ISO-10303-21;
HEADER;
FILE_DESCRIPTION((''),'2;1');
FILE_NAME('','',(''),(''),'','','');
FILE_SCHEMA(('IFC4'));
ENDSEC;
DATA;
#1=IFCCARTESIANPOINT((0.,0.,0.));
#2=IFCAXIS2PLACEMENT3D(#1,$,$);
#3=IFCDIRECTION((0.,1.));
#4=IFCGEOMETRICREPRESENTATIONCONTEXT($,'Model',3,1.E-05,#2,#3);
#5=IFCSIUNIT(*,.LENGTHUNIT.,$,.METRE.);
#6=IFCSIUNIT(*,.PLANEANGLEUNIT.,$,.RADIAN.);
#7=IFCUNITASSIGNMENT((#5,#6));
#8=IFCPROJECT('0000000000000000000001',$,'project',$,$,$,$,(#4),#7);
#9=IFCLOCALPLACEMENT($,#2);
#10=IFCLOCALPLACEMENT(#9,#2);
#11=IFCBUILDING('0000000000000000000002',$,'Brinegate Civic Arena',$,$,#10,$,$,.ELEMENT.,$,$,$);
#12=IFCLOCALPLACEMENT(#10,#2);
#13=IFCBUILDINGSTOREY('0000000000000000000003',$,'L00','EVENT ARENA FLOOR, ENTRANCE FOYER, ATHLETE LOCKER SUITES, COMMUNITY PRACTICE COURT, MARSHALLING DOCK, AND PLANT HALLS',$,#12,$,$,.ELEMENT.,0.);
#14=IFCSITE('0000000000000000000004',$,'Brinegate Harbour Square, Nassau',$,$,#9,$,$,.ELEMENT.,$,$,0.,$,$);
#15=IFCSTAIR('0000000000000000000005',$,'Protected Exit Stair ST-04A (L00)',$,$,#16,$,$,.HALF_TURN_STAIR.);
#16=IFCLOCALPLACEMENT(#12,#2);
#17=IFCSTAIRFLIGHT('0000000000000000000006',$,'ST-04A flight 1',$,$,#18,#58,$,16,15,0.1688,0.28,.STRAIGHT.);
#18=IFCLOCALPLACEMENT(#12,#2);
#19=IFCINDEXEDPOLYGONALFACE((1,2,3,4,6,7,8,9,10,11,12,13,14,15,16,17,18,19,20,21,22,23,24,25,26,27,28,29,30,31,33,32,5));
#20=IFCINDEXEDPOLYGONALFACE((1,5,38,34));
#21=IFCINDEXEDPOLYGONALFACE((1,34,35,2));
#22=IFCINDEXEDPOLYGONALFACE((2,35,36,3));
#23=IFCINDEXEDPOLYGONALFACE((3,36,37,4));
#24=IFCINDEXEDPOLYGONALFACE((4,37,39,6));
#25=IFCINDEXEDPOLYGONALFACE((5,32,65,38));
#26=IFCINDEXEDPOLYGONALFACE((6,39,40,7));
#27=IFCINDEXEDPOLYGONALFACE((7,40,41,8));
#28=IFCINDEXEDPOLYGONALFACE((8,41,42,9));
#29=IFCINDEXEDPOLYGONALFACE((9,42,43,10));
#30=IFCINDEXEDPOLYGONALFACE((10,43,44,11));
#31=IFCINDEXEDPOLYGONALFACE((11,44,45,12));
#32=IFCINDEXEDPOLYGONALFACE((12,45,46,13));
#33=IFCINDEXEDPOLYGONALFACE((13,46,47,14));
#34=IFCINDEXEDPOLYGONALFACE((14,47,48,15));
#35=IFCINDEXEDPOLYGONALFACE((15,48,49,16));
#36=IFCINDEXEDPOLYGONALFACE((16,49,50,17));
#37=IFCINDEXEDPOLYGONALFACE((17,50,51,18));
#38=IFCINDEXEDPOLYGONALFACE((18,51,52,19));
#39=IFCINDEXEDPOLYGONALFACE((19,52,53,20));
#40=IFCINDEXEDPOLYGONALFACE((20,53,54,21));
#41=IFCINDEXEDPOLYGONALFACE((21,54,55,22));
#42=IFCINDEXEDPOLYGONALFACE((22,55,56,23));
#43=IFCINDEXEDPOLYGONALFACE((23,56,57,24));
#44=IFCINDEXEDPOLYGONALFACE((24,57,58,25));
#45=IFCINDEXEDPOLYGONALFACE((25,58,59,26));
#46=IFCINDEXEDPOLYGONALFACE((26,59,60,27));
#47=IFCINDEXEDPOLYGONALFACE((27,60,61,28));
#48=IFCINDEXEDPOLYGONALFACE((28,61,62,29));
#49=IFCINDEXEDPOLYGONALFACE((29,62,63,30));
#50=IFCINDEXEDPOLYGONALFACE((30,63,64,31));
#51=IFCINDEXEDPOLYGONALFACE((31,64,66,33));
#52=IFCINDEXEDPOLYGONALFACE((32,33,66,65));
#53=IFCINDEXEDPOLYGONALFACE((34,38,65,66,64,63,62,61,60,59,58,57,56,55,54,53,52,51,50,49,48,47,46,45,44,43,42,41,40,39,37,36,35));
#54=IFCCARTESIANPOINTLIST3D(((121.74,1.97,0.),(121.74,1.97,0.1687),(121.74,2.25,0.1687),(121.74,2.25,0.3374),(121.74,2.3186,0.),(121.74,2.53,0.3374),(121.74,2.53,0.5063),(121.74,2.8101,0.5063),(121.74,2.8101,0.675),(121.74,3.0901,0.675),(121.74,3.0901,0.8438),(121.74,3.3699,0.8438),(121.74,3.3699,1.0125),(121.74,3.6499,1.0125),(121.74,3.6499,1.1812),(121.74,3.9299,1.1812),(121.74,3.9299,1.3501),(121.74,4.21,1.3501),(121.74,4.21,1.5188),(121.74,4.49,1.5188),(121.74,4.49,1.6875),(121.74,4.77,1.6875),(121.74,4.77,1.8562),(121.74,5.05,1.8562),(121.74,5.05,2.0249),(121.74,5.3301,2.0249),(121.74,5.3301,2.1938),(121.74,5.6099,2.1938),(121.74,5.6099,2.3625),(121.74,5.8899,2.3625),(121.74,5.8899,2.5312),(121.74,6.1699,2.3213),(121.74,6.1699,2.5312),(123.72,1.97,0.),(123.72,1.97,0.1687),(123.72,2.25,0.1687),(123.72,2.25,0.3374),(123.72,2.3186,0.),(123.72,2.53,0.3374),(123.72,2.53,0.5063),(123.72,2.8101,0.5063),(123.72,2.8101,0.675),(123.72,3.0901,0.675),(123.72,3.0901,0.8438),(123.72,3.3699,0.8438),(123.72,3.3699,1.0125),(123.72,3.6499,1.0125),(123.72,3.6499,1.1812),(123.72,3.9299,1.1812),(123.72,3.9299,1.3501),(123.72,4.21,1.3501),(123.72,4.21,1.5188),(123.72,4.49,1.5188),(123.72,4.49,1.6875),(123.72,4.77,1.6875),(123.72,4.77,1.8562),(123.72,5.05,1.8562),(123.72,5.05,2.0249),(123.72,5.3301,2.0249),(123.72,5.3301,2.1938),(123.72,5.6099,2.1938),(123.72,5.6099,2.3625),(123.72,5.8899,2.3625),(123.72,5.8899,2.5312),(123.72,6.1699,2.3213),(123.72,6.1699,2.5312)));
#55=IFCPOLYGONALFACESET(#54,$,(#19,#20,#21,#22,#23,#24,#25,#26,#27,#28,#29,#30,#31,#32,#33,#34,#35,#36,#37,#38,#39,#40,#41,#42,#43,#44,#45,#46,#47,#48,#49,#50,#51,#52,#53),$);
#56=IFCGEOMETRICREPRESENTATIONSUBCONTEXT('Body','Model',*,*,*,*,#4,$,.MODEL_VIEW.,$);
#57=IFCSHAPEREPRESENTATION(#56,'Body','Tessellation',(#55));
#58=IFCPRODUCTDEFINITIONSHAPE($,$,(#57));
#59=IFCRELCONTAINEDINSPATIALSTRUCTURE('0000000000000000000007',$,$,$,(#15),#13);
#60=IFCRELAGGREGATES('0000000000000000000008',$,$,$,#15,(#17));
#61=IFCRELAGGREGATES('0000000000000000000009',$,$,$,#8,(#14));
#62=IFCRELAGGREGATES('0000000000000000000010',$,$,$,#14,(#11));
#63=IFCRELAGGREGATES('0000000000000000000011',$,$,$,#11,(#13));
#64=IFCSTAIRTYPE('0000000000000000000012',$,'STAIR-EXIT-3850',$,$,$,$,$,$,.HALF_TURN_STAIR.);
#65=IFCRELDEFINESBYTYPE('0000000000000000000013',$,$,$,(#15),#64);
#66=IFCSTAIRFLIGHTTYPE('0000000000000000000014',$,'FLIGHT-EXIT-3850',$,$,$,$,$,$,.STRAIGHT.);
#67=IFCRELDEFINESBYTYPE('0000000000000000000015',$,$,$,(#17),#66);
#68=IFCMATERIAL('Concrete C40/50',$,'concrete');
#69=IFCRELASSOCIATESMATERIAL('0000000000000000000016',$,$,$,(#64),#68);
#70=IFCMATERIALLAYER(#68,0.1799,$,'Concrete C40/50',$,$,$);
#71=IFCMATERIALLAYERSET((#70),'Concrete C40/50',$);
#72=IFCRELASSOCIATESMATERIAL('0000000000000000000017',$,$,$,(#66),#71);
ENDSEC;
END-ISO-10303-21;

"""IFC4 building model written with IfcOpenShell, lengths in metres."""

from ifc_helpers import new_model, si_unit, direction, frame, origin, place, context, subcontext, project, spatial, polyline, outline, extrude, material, layer, layer_set, type_object, element, aggregate, save


model = new_model("IFC4")

# Units and contexts
model_context = context("Model", 3, precision=1e-05, world=origin(), true_north=direction((0.0, 1.0)))
body_context = subcontext(model_context, "Body", "Model", "MODEL_VIEW")
ifc_project = project(units=[si_unit("LENGTHUNIT", "METRE"), si_unit("PLANEANGLEUNIT", "RADIAN")], contexts=[model_context])

# Site, building, storey
site_placement = place(None, origin())
site = spatial("IfcSite", under=ifc_project, at=site_placement, Name="Brinegate Harbour Square, Nassau", CompositionType="ELEMENT", RefElevation=0.0)
building_placement = place(site_placement, origin())
building = spatial("IfcBuilding", under=site, at=building_placement, Name="Brinegate Civic Arena", CompositionType="ELEMENT")
storey_placement = place(building_placement, origin())
storey = spatial("IfcBuildingStorey", under=building, at=storey_placement, Name="L00", Description="EVENT ARENA FLOOR, ENTRANCE FOYER, ATHLETE LOCKER SUITES, COMMUNITY PRACTICE COURT, MARSHALLING DOCK, AND PLANT HALLS", CompositionType="ELEMENT", Elevation=0.0)

# Shared definitions
ifc_material_1 = material(Name="Concrete C40/50", Category="concrete")

# Stair, stair flight
stair_type_1 = type_object("IfcStairType", Name="STAIR-EXIT-3850", PredefinedType="HALF_TURN_STAIR", material=ifc_material_1)
stair_1_placement = place(storey_placement, origin())
stair_1 = element("IfcStair", 1, at=stair_1_placement, inside=storey, type_object=stair_type_1, Name="Protected Exit Stair ST-04A (L00)", PredefinedType="HALF_TURN_STAIR")
ifc_layer_1 = layer(ifc_material_1, 0.1799, Name="Concrete C40/50")
ifc_layer_set_1 = layer_set([ifc_layer_1], Name="Concrete C40/50")
stair_flight_type_1 = type_object("IfcStairFlightType", Name="FLIGHT-EXIT-3850", PredefinedType="STRAIGHT", material=ifc_layer_set_1)
stair_flight_1_placement = place(storey_placement, frame((122.73, 1.97, 0.0), z_axis=(0.0, 0.0, 1.0), x_axis=(0.0, 1.0, 0.0)))
stair_flight_1 = element("IfcStairFlight", 2, at=stair_flight_1_placement, type_object=stair_flight_type_1, Name="ST-04A flight 1", NumberOfRisers=16, NumberOfTreads=15, PredefinedType="STRAIGHT", RiserHeight=0.1688, TreadLength=0.28, context=body_context, shape_type="SweptSolid", body=[
    extrude(outline(polyline([(0.0, 0.0), (0.0, 0.1687), (0.28, 0.1687), (0.28, 0.3374), (0.5601, 0.3374), (0.5601, 0.5063), (0.8401, 0.5063), (0.8401, 0.675), (1.1201, 0.675), (1.1201, 0.8438), (1.3999, 0.8438), (1.3999, 1.0125), (1.6799, 1.0125), (1.6799, 1.1812), (1.96, 1.1812), (1.96, 1.3501), (2.24, 1.3501), (2.24, 1.5188), (2.52, 1.5188), (2.52, 1.6875), (2.8, 1.6875), (2.8, 1.8562), (3.0801, 1.8562), (3.0801, 2.0249), (3.3601, 2.0249), (3.3601, 2.1938), (3.6399, 2.1938), (3.6399, 2.3625), (3.9199, 2.3625), (3.9199, 2.5312), (4.2, 2.5312), (4.2, 2.7), (4.2, 2.3213), (0.3486, 0.0), (0.0, 0.0)])), frame((0.0, 0.99, 0.0), z_axis=(0.0, -1.0, 0.0), x_axis=(1.0, 0.0, 0.0)), (0.0, 0.0, 1.0), 1.98),
])
aggregate(stair_1, [stair_flight_1])

save(model, "model.ifc")
